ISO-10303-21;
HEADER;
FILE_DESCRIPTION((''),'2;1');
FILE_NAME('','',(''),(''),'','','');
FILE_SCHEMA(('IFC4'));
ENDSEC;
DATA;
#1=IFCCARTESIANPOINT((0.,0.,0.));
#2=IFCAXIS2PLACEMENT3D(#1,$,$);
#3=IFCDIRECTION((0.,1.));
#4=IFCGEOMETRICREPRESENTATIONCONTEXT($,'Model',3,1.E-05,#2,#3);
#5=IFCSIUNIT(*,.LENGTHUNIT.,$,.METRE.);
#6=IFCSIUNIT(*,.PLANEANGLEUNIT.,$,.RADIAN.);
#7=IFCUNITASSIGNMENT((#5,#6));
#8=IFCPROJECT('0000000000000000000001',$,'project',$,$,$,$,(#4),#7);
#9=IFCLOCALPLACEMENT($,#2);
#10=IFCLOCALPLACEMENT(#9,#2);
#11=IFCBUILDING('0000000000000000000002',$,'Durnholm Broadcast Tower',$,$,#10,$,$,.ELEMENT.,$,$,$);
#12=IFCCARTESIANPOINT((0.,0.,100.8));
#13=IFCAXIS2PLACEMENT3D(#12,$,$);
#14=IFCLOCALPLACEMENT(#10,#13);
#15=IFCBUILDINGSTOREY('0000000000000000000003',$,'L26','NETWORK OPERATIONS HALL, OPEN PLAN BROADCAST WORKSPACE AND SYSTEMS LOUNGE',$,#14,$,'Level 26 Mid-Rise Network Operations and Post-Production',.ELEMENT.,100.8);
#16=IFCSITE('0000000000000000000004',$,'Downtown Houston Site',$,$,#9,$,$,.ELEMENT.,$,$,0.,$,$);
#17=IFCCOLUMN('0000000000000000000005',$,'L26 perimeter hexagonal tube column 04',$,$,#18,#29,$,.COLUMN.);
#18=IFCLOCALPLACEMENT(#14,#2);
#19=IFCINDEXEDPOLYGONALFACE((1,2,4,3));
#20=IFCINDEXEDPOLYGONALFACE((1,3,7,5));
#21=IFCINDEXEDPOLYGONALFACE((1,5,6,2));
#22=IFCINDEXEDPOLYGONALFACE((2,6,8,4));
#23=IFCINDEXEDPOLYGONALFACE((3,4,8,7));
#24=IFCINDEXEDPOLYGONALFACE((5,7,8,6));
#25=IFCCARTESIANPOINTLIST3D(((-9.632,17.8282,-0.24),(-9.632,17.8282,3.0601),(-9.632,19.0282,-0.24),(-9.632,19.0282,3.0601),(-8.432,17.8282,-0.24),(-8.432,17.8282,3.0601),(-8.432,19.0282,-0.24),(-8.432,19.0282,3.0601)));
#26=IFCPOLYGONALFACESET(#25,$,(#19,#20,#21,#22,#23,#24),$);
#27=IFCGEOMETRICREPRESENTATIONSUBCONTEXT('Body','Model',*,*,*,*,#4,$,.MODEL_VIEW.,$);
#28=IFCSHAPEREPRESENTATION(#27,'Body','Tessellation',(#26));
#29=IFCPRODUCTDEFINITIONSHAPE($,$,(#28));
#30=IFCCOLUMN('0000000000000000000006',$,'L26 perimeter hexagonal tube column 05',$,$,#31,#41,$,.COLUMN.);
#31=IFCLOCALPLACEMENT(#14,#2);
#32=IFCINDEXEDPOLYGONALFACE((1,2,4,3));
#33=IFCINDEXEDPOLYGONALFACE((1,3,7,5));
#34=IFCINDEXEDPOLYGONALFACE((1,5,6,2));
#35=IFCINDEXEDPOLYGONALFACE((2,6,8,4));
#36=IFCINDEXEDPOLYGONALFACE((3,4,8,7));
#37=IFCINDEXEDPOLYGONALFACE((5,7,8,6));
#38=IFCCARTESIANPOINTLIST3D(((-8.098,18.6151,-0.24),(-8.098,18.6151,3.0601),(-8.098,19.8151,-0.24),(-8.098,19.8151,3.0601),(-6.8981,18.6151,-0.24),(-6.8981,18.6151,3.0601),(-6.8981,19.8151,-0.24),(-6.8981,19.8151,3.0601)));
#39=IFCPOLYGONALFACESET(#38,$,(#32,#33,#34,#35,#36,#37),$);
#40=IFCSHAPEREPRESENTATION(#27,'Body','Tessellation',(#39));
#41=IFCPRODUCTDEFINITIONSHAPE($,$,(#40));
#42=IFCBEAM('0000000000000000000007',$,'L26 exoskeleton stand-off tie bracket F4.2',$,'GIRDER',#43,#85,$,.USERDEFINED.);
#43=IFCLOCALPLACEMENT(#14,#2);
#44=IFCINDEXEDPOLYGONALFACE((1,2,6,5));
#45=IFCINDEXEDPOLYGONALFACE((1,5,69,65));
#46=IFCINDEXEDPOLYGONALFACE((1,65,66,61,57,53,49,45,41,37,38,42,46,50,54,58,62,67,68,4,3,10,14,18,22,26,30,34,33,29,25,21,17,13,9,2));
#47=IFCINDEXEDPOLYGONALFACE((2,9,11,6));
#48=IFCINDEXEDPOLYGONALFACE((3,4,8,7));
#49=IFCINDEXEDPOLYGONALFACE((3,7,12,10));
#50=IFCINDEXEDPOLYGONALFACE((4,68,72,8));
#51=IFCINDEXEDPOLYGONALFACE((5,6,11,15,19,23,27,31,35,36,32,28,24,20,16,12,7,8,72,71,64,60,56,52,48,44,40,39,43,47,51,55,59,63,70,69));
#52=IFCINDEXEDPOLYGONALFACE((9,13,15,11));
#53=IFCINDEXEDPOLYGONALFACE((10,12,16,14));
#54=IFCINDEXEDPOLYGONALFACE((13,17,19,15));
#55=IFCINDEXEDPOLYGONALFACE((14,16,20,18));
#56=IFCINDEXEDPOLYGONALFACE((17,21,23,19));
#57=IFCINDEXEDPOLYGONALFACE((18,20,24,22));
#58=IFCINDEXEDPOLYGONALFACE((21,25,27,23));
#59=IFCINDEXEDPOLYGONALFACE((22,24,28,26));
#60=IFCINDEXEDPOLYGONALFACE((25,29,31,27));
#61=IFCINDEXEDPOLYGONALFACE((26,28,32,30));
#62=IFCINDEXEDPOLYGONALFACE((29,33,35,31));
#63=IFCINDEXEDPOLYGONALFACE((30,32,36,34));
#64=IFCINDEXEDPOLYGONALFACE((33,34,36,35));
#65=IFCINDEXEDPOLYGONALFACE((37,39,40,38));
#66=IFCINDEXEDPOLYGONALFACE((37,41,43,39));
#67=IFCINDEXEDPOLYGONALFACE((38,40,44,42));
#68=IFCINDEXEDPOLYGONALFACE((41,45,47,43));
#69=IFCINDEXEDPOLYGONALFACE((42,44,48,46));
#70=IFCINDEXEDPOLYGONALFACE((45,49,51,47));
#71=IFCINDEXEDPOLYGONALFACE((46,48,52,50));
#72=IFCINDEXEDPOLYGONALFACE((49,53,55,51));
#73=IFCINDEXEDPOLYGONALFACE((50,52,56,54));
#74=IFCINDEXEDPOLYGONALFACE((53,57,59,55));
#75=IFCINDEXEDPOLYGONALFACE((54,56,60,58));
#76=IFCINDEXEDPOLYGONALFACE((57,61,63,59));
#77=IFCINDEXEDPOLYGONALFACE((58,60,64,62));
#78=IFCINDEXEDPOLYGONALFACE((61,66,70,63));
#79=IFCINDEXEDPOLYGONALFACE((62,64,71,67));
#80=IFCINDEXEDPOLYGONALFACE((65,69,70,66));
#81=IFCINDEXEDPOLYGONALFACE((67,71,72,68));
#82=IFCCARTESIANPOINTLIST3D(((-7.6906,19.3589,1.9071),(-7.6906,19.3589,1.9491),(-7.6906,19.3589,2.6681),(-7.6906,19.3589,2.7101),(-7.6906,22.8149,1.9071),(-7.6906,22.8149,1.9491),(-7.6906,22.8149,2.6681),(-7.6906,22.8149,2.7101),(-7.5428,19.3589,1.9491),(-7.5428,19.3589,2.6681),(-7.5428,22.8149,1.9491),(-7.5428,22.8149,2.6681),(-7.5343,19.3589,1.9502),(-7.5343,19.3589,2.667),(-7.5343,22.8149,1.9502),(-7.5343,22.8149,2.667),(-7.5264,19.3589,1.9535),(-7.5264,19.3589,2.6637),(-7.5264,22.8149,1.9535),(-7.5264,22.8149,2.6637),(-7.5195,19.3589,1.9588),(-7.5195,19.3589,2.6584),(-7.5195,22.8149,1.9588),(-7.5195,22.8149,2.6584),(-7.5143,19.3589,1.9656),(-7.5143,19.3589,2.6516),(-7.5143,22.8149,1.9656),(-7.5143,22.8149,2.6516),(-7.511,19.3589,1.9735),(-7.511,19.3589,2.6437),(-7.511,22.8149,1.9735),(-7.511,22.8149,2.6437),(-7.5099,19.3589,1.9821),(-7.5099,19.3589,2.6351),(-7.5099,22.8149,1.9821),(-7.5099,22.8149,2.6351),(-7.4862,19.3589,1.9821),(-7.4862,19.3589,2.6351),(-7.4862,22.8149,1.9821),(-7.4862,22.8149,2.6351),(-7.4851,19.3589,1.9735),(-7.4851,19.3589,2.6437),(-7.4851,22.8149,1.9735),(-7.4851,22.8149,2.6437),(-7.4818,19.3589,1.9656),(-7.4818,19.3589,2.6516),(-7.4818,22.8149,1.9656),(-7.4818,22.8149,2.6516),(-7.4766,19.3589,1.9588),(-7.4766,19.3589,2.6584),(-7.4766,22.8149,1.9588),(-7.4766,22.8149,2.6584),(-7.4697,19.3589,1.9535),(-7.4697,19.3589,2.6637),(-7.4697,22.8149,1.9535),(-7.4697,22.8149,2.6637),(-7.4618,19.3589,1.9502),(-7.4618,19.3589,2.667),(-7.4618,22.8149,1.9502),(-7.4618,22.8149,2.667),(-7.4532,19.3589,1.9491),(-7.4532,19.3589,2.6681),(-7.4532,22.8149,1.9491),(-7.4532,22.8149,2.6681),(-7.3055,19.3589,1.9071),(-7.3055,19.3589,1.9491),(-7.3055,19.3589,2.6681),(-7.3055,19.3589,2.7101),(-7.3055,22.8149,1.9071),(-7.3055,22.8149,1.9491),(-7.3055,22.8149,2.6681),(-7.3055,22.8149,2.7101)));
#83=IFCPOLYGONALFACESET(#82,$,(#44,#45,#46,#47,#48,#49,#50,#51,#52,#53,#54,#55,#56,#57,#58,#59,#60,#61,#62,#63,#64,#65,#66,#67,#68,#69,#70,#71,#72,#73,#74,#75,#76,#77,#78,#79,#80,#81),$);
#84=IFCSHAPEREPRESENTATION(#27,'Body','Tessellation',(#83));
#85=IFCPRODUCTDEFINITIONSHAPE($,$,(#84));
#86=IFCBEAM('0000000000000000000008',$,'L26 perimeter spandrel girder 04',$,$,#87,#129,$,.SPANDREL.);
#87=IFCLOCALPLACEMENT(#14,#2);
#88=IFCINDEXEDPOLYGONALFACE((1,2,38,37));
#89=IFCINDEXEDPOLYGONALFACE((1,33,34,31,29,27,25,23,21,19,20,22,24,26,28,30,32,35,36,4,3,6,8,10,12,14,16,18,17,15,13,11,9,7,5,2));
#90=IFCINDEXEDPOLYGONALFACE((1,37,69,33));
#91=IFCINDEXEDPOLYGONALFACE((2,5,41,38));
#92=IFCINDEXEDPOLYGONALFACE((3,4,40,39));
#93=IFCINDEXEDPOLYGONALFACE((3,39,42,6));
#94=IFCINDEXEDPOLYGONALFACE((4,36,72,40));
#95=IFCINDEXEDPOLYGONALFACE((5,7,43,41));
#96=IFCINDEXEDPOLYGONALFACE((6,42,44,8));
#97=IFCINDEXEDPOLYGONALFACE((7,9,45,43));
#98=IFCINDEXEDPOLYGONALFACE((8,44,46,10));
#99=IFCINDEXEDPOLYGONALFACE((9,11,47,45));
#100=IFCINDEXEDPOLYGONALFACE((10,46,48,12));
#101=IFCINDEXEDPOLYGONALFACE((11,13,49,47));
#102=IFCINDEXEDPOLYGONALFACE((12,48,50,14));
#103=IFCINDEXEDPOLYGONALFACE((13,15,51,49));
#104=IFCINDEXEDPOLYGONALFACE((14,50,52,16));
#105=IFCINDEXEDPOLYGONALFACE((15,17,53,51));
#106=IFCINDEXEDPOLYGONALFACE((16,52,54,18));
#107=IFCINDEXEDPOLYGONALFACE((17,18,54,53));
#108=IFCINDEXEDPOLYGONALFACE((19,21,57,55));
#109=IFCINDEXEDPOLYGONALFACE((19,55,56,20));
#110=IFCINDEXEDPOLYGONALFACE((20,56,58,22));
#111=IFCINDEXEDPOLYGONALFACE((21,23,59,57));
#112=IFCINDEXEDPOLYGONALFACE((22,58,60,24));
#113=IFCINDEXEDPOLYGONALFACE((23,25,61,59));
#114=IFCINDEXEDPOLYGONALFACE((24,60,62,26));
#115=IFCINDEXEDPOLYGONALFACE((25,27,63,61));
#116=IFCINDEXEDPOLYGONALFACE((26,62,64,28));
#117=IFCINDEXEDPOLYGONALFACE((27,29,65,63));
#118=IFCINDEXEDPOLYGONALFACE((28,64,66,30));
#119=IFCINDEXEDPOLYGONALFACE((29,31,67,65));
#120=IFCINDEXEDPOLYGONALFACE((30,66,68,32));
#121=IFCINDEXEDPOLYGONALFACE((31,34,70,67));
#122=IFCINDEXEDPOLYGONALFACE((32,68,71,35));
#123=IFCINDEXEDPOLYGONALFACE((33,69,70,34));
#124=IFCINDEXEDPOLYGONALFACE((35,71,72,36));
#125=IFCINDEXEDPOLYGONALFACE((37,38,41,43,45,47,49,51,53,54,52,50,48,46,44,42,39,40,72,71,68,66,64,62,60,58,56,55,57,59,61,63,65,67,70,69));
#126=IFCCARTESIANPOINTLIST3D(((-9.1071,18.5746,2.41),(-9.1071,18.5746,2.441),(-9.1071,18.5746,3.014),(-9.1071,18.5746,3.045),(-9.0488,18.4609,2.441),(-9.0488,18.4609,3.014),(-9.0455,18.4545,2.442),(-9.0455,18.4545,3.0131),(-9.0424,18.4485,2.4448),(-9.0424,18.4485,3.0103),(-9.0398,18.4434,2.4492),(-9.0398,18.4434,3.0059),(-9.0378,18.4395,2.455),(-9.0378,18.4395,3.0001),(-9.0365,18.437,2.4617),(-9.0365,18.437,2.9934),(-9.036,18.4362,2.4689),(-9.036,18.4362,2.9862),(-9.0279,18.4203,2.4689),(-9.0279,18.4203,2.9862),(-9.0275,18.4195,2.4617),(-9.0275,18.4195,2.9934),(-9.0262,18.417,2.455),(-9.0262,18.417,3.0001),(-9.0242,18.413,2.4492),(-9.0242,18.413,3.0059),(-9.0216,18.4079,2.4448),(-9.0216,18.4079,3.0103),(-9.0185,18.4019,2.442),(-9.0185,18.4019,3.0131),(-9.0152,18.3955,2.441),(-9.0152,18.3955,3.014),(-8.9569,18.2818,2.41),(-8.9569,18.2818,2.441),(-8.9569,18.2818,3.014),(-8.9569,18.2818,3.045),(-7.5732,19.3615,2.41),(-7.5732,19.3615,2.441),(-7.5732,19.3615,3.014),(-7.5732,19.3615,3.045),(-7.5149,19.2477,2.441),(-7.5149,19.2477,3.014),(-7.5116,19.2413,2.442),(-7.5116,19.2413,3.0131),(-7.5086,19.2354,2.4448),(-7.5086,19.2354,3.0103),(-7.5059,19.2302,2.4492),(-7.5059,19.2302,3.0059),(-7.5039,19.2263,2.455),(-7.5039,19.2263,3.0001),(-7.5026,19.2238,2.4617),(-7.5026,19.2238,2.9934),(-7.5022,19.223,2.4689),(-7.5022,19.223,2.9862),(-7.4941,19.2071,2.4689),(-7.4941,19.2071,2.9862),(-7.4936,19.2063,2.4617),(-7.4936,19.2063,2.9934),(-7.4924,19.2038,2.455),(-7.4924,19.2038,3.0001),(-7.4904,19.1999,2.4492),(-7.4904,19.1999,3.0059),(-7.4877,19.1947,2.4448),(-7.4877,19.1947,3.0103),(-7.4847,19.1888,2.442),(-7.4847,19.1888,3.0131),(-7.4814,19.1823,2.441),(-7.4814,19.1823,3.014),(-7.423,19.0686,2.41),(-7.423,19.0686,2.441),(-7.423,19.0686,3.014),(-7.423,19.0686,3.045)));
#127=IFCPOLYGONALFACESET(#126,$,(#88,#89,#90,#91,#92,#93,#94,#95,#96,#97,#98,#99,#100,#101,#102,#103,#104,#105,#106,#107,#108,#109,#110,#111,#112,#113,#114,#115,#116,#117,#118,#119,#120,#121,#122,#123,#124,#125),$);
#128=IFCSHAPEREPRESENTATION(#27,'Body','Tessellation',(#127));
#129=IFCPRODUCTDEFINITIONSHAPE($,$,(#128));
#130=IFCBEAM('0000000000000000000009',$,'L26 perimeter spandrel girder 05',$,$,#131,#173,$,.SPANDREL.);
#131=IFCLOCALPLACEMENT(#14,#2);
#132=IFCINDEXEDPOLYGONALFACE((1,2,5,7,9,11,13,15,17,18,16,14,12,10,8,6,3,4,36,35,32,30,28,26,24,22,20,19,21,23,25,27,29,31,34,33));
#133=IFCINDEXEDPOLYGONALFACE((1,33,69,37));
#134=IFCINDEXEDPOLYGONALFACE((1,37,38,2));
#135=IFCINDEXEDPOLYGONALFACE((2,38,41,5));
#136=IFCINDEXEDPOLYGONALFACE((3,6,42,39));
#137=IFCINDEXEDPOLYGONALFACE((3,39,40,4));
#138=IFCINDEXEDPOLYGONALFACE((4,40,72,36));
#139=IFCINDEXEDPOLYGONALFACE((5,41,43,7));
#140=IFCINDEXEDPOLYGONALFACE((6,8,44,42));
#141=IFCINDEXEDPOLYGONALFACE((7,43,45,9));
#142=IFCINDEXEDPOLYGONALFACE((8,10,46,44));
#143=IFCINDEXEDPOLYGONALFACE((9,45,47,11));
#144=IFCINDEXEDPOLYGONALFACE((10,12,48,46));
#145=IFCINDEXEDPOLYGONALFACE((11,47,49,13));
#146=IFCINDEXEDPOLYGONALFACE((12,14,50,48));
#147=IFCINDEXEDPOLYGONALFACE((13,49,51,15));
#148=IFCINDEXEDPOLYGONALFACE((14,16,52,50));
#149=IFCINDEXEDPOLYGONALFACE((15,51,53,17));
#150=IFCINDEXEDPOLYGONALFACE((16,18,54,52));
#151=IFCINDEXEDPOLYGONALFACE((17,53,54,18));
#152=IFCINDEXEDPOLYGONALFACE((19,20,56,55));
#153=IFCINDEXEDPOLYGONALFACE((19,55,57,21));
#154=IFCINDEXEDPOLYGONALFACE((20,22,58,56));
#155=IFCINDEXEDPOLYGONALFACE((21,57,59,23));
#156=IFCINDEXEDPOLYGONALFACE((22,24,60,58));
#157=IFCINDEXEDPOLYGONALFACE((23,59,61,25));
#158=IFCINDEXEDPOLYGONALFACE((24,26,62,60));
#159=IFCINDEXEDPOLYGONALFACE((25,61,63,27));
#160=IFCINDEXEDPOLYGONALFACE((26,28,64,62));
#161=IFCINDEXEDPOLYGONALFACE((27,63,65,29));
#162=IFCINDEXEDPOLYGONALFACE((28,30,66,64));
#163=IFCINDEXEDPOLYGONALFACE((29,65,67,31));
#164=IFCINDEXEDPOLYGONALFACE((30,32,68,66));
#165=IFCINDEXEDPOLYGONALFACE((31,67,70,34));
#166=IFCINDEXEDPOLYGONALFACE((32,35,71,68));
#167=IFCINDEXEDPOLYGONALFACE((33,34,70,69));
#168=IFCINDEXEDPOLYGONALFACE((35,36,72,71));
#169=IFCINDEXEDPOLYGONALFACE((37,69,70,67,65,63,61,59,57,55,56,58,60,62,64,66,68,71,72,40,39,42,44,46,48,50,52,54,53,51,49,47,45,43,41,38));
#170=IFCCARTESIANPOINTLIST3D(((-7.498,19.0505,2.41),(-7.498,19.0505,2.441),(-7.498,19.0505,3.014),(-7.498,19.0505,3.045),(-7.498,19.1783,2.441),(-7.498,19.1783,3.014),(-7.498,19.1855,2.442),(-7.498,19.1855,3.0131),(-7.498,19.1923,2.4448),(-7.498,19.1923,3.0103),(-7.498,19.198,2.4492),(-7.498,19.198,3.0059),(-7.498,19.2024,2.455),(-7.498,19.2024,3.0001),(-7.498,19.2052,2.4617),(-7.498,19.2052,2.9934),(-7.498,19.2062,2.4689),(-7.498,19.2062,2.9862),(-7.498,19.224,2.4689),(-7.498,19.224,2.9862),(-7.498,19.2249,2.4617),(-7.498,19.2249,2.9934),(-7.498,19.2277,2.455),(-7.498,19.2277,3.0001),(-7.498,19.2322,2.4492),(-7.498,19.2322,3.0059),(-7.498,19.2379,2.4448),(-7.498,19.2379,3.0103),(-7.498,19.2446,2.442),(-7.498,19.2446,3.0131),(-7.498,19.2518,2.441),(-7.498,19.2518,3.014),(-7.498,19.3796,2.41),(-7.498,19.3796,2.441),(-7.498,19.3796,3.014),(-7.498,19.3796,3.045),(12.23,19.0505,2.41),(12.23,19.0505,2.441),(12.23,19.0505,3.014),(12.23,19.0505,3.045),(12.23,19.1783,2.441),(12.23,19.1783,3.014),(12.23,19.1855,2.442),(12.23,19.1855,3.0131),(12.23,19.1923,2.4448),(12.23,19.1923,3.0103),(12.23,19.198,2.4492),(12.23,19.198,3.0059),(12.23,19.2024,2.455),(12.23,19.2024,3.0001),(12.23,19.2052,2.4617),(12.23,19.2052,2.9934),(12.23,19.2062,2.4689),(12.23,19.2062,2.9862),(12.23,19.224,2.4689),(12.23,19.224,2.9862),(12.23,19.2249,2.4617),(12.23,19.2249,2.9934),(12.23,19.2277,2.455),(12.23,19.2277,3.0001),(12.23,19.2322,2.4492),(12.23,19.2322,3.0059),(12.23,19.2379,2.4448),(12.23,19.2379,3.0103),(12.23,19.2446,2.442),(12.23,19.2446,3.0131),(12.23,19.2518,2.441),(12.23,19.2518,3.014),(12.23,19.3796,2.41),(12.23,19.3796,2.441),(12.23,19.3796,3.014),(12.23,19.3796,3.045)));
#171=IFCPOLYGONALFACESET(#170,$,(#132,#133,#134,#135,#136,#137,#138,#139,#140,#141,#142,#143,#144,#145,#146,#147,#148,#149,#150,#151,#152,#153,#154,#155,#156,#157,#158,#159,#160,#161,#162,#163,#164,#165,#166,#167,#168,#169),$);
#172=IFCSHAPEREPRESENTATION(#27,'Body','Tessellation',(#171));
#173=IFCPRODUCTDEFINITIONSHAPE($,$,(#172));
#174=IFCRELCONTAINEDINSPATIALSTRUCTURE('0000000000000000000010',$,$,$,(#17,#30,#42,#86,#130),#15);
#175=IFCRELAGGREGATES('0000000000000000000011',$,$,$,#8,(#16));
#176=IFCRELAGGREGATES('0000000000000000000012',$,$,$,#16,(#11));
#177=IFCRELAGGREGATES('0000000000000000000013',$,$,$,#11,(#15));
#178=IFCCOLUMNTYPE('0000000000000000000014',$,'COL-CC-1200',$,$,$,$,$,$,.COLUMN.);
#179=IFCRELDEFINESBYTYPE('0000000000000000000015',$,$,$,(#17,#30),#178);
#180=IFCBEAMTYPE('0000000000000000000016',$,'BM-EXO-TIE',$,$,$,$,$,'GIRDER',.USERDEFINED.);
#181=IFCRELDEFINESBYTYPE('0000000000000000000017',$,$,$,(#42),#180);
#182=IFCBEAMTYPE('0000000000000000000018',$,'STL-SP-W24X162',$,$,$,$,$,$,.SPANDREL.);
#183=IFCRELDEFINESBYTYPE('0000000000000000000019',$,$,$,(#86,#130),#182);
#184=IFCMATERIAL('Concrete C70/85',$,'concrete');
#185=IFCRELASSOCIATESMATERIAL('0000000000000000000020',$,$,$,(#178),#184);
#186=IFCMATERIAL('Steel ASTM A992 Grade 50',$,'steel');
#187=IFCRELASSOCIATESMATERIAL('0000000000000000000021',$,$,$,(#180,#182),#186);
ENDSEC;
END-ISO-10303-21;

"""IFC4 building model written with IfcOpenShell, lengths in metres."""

from ifc_helpers import new_model, si_unit, direction, frame, origin, origin_2d, place, context, subcontext, project, spatial, rectangle, i_section, extrude, source, transform, mapped, material, material_profile, profile_set, type_object, type_shapes, element, save


model = new_model("IFC4")

# Units and contexts
model_context = context("Model", 3, precision=1e-05, world=origin(), true_north=direction((0.0, 1.0)))
body_context = subcontext(model_context, "Body", "Model", "MODEL_VIEW")
ifc_project = project(units=[si_unit("LENGTHUNIT", "METRE"), si_unit("PLANEANGLEUNIT", "RADIAN")], contexts=[model_context])

# Site, building, storey
site_placement = place(None, origin())
site = spatial("IfcSite", under=ifc_project, at=site_placement, Name="Downtown Houston Site", CompositionType="ELEMENT", RefElevation=0.0)
building_placement = place(site_placement, origin())
building = spatial("IfcBuilding", under=site, at=building_placement, Name="Durnholm Broadcast Tower", CompositionType="ELEMENT")
storey_placement = place(building_placement, frame((0.0, 0.0, 100.8)))
storey = spatial("IfcBuildingStorey", under=building, at=storey_placement, Name="L26", Description="NETWORK OPERATIONS HALL, OPEN PLAN BROADCAST WORKSPACE AND SYSTEMS LOUNGE", LongName="Level 26 Mid-Rise Network Operations and Post-Production", CompositionType="ELEMENT", Elevation=100.8)

# Columns
ifc_material_1 = material(Name="Concrete C70/85", Category="concrete")
ifc_material_profile_1 = material_profile(ifc_material_1, rectangle(XDim=1.2, YDim=1.2, at=origin_2d()), Name="RC1200X1200")
ifc_profile_set_1 = profile_set([ifc_material_profile_1], Name="Concrete C70/85")
column_type = type_object("IfcColumnType", Name="COL-CC-1200", PredefinedType="COLUMN", material=ifc_profile_set_1)
shared_shape_1 = source(origin(), body_context, "Body", "SweptSolid", [
    extrude(rectangle(XDim=1.2, YDim=1.2, at=origin_2d()), origin(), (0.0, 0.0, 1.0), 3.3),
])
type_shapes(column_type, [shared_shape_1])
for number, where, z_axis, x_axis, name in (
    (1, (-9.032, 18.4282, -0.24), (0.0, 0.0, 1.0), (1.0, 0.0, 0.0), "L26 perimeter hexagonal tube column 04"),
    (2, (-7.498, 19.2151, -0.24), (0.0, 0.0, 1.0), (1.0, 0.0, 0.0), "L26 perimeter hexagonal tube column 05"),
):
    element("IfcColumn", number, at=place(storey_placement, frame(where, z_axis=z_axis, x_axis=x_axis)), inside=storey, type_object=column_type, Name=name, PredefinedType="COLUMN", context=body_context, shape_type="MappedRepresentation", body=[
        mapped(shared_shape_1, transform((0.0, 0.0, 0.0), x_axis=(1.0, 0.0, 0.0), y_axis=(0.0, 1.0, 0.0), z_axis=(0.0, 0.0, 1.0), scale=1.0)),
    ])

# Beams
ifc_material_2 = material(Name="Steel ASTM A992 Grade 50", Category="steel")
ifc_material_profile_2 = material_profile(ifc_material_2, i_section(OverallWidth=0.385, OverallDepth=0.803, WebThickness=0.0237, FlangeThickness=0.042, FilletRadius=0.033, at=origin_2d()), Name="W30X261")
ifc_profile_set_2 = profile_set([ifc_material_profile_2], Name="Steel ASTM A992 Grade 50")
beam_type_1 = type_object("IfcBeamType", Name="BM-EXO-TIE", ElementType="GIRDER", PredefinedType="USERDEFINED", material=ifc_profile_set_2)
shared_shape_2 = source(origin(), body_context, "Body", "SweptSolid", [
    extrude(i_section(OverallWidth=0.385, OverallDepth=0.803, WebThickness=0.0237, FlangeThickness=0.042, FilletRadius=0.033, at=origin_2d()), origin(), (0.0, 0.0, 1.0), 3.4561),
])
beam_1_placement = place(storey_placement, frame((-7.498, 19.3589, 2.3086), z_axis=(0.0, 1.0, 0.0), x_axis=(-1.0, 0.0, 0.0)))
element("IfcBeam", 3, at=beam_1_placement, inside=storey, type_object=beam_type_1, Name="L26 exoskeleton stand-off tie bracket F4.2", ObjectType="GIRDER", PredefinedType="USERDEFINED", context=body_context, shape_type="MappedRepresentation", body=[
    mapped(shared_shape_2, transform((0.0, 0.0, 0.0), x_axis=(1.0, 0.0, 0.0), y_axis=(0.0, 1.0, 0.0), z_axis=(0.0, 0.0, 1.0), scale=1.0)),
])
ifc_material_profile_3 = material_profile(ifc_material_2, i_section(OverallWidth=0.3291, OverallDepth=0.635, WebThickness=0.0178, FlangeThickness=0.031, FilletRadius=0.0278, at=origin_2d()), Name="W24X162")
ifc_profile_set_3 = profile_set([ifc_material_profile_3], Name="Steel ASTM A992 Grade 50")
beam_type_2 = type_object("IfcBeamType", Name="STL-SP-W24X162", PredefinedType="SPANDREL", material=ifc_profile_set_3)
shared_shape_3 = source(origin(), body_context, "Body", "SweptSolid", [
    extrude(i_section(OverallWidth=0.3291, OverallDepth=0.635, WebThickness=0.0178, FlangeThickness=0.031, FilletRadius=0.0278, at=origin_2d()), origin(), (0.0, 0.0, 1.0), 1.7239),
])
beam_2_placement = place(storey_placement, frame((-9.032, 18.4282, 2.7275), z_axis=(0.889763, 0.456423, 0.0), x_axis=(-0.456423, 0.889763, 0.0)))
element("IfcBeam", 4, at=beam_2_placement, inside=storey, type_object=beam_type_2, Name="L26 perimeter spandrel girder 04", PredefinedType="SPANDREL", context=body_context, shape_type="MappedRepresentation", body=[
    mapped(shared_shape_3, transform((0.0, 0.0, 0.0), x_axis=(1.0, 0.0, 0.0), y_axis=(0.0, 1.0, 0.0), z_axis=(0.0, 0.0, 1.0), scale=1.0)),
])
shared_shape_4 = source(origin(), body_context, "Body", "SweptSolid", [
    extrude(i_section(OverallWidth=0.3291, OverallDepth=0.635, WebThickness=0.0178, FlangeThickness=0.031, FilletRadius=0.0278, at=origin_2d()), origin(), (0.0, 0.0, 1.0), 19.728),
])
type_shapes(beam_type_2, [shared_shape_3, shared_shape_4])
beam_3_placement = place(storey_placement, frame((-7.498, 19.2151, 2.7275), z_axis=(1.0, 0.0, 0.0), x_axis=(0.0, 1.0, 0.0)))
element("IfcBeam", 5, at=beam_3_placement, inside=storey, type_object=beam_type_2, Name="L26 perimeter spandrel girder 05", PredefinedType="SPANDREL", context=body_context, shape_type="MappedRepresentation", body=[
    mapped(shared_shape_4, transform((0.0, 0.0, 0.0), x_axis=(1.0, 0.0, 0.0), y_axis=(0.0, 1.0, 0.0), z_axis=(0.0, 0.0, 1.0), scale=1.0)),
])

save(model, "model.ifc")
